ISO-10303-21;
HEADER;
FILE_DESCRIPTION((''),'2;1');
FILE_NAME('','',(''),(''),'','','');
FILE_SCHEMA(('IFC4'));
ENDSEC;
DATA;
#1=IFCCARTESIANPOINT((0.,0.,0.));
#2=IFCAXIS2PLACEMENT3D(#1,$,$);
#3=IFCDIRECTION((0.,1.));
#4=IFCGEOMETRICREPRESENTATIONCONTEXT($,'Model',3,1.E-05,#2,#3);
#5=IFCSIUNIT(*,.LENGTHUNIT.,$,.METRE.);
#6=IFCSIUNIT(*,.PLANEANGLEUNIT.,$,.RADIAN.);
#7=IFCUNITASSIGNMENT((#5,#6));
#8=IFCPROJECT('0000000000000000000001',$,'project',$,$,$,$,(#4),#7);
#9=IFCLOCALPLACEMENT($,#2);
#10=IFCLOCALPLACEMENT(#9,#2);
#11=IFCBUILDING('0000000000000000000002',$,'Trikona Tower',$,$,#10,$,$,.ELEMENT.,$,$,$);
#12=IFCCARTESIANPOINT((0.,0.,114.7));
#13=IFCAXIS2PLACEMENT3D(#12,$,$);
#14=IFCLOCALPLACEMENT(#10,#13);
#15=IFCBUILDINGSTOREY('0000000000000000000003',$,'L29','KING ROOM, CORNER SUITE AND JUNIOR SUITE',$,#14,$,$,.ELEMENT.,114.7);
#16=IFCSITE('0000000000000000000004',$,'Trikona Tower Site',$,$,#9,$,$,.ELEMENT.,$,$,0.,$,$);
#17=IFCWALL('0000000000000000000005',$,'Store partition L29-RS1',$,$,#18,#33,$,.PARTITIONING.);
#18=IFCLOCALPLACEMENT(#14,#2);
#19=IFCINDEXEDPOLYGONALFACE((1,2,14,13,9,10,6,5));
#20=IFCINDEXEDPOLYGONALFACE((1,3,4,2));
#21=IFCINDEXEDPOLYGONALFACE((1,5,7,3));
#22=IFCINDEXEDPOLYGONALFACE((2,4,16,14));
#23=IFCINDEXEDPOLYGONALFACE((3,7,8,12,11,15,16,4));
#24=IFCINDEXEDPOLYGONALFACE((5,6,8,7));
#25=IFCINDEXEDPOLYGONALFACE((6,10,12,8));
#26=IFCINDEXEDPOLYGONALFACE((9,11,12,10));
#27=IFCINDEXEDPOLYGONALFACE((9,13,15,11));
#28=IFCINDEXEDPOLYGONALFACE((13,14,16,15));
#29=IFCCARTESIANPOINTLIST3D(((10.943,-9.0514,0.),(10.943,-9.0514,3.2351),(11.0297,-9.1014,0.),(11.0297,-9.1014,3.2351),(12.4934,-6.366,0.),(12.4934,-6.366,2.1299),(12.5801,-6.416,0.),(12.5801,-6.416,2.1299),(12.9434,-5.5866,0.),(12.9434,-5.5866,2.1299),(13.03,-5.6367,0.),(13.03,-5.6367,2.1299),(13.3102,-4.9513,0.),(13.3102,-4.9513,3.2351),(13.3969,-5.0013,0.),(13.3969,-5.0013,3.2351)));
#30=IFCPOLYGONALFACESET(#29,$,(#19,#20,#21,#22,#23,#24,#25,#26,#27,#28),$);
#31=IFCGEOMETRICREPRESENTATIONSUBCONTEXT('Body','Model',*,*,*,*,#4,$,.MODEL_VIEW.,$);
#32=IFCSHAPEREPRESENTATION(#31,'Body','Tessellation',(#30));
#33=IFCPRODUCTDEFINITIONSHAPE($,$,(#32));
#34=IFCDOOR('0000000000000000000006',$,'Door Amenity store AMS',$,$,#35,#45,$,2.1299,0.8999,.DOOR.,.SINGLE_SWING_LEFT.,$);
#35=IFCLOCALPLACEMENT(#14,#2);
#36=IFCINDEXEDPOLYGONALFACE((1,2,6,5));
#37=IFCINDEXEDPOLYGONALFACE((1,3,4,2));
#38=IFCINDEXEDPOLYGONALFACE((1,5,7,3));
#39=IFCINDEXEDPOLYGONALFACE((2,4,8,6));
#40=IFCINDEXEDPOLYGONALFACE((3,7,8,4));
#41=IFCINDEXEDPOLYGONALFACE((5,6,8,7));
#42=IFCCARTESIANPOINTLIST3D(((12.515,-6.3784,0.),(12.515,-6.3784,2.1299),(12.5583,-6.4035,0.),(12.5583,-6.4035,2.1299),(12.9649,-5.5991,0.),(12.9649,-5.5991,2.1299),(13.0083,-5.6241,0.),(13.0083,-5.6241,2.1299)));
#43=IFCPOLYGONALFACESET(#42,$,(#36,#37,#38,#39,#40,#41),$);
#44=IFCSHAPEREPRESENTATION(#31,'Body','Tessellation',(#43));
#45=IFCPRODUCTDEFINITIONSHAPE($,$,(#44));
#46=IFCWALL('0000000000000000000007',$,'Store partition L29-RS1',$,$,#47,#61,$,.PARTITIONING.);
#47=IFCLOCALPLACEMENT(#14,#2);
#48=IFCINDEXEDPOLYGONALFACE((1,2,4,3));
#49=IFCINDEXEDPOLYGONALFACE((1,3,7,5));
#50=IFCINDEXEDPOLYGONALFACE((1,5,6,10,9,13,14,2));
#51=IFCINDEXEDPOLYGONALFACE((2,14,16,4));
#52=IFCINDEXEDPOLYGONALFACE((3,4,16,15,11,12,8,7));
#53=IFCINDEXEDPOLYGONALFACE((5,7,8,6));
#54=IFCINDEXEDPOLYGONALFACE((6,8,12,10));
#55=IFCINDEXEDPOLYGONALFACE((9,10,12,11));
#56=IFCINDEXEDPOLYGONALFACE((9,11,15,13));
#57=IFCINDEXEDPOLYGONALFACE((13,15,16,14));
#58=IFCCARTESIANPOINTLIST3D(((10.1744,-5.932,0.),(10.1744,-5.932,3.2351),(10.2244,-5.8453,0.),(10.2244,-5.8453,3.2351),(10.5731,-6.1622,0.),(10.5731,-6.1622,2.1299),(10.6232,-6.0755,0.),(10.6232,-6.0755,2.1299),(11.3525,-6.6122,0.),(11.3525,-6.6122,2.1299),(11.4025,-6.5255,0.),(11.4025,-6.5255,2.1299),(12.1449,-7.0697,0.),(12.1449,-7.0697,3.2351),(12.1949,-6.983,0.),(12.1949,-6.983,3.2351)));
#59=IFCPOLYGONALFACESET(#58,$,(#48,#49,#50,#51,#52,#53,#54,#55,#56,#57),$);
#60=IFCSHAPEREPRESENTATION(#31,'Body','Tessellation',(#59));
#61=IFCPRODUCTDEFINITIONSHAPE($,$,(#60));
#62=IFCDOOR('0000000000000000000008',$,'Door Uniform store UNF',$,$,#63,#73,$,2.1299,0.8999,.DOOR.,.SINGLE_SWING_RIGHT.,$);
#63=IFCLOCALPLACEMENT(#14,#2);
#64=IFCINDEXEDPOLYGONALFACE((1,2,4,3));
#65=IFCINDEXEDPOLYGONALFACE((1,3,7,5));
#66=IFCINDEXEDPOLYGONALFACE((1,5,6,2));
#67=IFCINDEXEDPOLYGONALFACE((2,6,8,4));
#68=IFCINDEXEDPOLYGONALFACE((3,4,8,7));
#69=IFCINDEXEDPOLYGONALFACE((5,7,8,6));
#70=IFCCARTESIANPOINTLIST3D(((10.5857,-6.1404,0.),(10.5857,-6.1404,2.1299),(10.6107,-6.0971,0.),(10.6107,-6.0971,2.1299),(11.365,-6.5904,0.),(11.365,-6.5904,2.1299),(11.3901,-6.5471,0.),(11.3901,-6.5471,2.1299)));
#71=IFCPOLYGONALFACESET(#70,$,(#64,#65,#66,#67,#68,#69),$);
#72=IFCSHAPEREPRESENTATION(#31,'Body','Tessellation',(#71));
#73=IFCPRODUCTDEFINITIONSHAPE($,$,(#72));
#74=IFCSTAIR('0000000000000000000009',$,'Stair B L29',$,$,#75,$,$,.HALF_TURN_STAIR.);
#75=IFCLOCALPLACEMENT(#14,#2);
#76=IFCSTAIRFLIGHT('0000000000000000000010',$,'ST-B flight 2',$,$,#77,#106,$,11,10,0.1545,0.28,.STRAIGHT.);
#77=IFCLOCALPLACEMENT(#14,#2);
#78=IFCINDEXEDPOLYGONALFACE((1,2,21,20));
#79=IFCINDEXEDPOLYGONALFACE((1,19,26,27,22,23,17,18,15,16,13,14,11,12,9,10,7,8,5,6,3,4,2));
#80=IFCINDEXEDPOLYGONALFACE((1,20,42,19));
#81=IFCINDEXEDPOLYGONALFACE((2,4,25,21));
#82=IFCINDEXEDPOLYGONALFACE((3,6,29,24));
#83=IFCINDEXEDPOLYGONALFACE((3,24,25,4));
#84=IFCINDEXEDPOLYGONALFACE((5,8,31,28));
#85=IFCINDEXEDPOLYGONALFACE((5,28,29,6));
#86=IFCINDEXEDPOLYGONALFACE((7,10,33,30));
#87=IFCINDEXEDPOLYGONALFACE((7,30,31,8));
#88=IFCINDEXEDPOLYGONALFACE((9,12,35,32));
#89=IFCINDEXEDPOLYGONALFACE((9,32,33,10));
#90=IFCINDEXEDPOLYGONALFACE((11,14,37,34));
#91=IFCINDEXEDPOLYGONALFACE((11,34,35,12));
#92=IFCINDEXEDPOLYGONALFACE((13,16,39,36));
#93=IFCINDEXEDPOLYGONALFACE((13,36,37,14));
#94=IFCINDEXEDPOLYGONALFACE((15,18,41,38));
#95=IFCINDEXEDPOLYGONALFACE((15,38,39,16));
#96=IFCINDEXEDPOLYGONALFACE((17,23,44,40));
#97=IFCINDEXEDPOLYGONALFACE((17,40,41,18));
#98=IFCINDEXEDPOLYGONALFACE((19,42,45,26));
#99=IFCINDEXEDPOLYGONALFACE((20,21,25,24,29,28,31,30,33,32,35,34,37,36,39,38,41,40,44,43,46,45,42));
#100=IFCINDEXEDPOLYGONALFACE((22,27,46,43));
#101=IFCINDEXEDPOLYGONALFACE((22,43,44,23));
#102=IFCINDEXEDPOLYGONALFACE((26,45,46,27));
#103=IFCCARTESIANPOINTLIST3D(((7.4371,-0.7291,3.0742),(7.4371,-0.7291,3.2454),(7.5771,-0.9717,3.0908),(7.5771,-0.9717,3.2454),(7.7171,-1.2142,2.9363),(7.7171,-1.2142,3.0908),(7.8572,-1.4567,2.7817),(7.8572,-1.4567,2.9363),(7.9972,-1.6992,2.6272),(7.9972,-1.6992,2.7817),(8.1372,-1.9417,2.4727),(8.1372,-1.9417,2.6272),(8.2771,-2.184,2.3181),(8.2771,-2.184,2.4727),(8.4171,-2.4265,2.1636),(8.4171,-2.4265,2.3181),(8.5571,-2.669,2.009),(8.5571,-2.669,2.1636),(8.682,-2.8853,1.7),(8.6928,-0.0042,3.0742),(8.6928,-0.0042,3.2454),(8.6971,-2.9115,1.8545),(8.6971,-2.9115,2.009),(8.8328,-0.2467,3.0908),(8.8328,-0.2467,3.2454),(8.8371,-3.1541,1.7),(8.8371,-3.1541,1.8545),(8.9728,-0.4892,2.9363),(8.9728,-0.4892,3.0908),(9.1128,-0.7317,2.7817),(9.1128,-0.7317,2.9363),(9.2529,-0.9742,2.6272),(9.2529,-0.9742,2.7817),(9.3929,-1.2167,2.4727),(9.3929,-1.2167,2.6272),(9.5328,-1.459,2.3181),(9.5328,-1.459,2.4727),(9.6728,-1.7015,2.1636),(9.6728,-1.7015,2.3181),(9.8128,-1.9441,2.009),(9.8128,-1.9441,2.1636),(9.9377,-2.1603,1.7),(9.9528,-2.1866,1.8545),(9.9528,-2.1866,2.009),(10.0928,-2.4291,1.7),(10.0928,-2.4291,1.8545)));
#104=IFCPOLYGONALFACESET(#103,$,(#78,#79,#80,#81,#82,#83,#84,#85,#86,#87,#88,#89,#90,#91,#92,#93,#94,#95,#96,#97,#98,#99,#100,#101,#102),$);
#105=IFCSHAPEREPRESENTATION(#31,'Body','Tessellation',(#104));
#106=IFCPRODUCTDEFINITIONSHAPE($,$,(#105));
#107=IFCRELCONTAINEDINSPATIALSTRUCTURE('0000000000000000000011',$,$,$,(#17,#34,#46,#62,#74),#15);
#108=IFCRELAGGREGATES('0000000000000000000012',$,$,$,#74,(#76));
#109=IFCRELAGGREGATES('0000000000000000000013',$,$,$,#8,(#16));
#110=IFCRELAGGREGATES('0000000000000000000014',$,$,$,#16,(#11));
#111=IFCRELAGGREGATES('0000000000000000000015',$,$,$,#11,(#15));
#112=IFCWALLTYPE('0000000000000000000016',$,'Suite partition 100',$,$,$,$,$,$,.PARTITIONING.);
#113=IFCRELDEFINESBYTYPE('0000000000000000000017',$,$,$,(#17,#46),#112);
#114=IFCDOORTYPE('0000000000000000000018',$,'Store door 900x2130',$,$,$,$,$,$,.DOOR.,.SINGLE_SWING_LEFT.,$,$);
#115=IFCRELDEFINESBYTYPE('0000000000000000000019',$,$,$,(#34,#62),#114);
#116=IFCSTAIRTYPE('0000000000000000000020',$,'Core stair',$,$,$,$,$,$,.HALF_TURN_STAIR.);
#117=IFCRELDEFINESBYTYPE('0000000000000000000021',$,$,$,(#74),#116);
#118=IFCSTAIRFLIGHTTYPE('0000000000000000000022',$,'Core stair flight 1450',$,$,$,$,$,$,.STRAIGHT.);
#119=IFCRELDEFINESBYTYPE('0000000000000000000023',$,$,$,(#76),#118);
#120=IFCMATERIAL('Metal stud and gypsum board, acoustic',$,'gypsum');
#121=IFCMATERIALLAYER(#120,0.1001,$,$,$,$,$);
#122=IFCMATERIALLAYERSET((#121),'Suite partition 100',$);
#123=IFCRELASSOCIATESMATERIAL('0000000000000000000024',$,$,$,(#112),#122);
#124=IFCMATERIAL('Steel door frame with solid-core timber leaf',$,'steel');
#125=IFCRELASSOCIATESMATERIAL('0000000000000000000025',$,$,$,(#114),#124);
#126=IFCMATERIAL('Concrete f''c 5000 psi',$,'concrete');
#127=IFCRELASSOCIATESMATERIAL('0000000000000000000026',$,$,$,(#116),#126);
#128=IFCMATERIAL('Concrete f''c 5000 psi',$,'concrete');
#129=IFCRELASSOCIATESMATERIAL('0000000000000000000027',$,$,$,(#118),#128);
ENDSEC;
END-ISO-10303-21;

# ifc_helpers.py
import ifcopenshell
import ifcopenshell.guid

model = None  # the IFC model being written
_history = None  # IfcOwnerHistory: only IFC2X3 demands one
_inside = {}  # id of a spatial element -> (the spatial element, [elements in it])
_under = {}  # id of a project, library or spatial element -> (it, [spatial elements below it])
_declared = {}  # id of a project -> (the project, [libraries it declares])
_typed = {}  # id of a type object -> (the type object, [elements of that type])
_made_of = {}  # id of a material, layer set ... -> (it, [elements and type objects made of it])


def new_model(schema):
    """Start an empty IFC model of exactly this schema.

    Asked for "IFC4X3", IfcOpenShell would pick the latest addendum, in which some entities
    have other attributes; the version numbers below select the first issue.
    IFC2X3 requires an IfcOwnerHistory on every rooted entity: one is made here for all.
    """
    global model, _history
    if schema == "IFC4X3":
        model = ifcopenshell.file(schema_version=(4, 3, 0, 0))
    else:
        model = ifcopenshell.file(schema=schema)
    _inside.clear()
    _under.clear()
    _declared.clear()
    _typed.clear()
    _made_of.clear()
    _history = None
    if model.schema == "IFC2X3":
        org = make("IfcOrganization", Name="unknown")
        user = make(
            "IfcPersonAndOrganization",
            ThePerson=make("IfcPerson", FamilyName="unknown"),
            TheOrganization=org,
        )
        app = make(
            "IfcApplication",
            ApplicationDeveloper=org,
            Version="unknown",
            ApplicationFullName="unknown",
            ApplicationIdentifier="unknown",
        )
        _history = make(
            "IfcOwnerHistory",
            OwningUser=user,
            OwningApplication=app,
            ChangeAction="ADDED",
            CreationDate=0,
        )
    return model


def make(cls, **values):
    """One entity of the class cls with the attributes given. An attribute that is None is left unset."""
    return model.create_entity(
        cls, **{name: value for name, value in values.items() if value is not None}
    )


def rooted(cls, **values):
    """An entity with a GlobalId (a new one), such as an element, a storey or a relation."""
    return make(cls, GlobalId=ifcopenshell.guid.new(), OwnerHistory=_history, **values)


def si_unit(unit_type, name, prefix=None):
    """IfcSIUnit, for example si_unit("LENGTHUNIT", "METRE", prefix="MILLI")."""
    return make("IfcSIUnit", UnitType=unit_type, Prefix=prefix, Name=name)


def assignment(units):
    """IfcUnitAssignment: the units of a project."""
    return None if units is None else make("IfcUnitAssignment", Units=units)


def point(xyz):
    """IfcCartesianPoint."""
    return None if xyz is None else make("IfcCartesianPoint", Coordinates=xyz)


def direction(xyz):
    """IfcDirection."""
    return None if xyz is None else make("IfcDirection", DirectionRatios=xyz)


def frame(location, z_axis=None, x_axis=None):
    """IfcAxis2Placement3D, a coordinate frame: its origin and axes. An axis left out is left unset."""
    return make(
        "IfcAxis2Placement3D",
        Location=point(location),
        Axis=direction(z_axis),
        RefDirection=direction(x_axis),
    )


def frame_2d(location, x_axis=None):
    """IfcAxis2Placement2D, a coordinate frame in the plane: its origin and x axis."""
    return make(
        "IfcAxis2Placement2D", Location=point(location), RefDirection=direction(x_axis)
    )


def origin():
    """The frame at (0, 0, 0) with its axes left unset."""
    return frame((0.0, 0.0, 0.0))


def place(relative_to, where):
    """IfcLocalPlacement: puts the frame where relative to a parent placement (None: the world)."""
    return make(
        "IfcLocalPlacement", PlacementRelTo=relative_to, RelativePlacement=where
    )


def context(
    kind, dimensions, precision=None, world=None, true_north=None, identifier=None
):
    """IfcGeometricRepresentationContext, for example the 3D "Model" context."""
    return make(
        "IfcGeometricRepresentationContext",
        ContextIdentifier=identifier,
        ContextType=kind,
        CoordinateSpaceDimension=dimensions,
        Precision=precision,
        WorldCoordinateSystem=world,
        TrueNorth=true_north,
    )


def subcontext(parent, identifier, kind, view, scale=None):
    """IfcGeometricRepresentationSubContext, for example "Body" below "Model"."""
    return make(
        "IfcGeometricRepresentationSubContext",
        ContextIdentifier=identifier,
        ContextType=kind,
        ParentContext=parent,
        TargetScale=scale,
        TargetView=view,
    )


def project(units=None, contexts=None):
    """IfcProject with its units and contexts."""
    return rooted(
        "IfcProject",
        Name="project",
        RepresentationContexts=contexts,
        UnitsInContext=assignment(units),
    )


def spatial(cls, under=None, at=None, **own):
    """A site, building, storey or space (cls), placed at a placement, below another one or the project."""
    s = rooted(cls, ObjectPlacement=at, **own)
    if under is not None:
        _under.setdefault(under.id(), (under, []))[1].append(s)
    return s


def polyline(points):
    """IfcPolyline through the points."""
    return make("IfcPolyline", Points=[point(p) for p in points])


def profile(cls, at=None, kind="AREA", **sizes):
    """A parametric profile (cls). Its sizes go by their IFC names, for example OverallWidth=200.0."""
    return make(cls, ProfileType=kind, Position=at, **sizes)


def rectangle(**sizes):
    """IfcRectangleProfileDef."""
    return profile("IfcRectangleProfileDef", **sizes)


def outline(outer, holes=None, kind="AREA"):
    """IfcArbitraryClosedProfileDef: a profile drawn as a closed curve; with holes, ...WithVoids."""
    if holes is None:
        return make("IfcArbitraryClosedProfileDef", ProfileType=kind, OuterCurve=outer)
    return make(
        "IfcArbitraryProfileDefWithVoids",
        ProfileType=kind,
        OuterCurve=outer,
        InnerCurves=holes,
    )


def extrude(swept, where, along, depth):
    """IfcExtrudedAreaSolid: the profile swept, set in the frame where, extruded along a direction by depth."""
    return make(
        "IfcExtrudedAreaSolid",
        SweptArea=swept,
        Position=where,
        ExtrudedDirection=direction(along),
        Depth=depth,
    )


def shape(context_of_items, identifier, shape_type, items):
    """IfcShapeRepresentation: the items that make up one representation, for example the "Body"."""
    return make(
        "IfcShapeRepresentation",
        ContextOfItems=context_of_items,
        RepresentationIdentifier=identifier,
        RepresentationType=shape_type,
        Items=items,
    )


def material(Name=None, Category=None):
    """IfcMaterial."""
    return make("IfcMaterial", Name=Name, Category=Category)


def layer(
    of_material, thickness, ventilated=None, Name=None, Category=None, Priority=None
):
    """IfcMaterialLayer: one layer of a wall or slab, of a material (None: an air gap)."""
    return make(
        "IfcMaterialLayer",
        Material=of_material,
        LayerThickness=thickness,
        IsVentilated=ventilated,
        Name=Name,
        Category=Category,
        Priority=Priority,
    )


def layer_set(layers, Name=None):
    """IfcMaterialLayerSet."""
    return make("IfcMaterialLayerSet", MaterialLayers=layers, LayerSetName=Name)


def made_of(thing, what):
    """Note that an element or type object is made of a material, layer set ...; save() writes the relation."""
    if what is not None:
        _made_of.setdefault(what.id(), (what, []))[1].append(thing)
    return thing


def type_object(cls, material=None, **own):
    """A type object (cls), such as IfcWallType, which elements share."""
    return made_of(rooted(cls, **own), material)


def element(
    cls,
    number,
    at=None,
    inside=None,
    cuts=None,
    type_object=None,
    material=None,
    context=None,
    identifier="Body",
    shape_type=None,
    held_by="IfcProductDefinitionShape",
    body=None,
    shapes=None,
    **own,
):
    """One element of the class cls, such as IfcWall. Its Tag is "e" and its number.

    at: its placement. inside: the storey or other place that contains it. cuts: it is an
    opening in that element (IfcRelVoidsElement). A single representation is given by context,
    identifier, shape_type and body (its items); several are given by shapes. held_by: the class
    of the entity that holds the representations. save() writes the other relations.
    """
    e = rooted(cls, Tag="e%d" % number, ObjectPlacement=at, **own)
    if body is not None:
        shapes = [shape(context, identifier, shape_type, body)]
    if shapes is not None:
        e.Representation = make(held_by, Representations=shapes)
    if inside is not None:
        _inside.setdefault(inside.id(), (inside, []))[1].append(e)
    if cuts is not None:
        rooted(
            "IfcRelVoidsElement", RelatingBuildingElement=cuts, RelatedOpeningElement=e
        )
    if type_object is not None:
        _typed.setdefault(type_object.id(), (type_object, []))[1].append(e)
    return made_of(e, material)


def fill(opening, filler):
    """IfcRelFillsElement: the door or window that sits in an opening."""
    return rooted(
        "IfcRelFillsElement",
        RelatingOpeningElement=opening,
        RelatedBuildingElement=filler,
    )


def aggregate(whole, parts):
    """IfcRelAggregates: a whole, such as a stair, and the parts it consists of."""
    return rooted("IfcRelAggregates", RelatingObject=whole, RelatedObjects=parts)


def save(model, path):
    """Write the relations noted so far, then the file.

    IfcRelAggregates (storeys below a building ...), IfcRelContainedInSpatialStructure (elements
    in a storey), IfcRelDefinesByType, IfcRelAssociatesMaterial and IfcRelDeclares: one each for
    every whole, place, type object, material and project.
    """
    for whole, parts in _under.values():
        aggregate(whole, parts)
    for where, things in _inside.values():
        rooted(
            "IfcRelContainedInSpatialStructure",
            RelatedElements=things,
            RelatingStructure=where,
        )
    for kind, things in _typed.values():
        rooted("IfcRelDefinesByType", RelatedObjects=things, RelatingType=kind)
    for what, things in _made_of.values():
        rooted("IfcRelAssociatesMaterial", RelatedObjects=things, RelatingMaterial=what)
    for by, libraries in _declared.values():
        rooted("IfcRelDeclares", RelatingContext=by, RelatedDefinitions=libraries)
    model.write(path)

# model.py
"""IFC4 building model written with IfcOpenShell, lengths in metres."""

from ifc_helpers import new_model, si_unit, direction, frame, frame_2d, origin, place, context, subcontext, project, spatial, polyline, rectangle, outline, extrude, material, layer, layer_set, type_object, element, fill, aggregate, save


model = new_model("IFC4")

# Units and contexts
model_context = context("Model", 3, precision=1e-05, world=origin(), true_north=direction((0.0, 1.0)))
body_context = subcontext(model_context, "Body", "Model", "MODEL_VIEW")
ifc_project = project(units=[si_unit("LENGTHUNIT", "METRE"), si_unit("PLANEANGLEUNIT", "RADIAN")], contexts=[model_context])

# Site, building, storey
site_placement = place(None, origin())
site = spatial("IfcSite", under=ifc_project, at=site_placement, Name="Trikona Tower Site", CompositionType="ELEMENT", RefElevation=0.0)
building_placement = place(site_placement, origin())
building = spatial("IfcBuilding", under=site, at=building_placement, Name="Trikona Tower", CompositionType="ELEMENT")
storey_placement = place(building_placement, frame((0.0, 0.0, 114.7)))
storey = spatial("IfcBuildingStorey", under=building, at=storey_placement, Name="L29", Description="KING ROOM, CORNER SUITE AND JUNIOR SUITE", CompositionType="ELEMENT", Elevation=114.7)

# Walls, openings, doors
ifc_material_1 = material(Name="Metal stud and gypsum board, acoustic", Category="gypsum")
ifc_layer_1 = layer(ifc_material_1, 0.1001)
ifc_layer_set_1 = layer_set([ifc_layer_1], Name="Suite partition 100")
wall_type_1 = type_object("IfcWallType", Name="Suite partition 100", PredefinedType="PARTITIONING", material=ifc_layer_set_1)
wall_1_placement = place(storey_placement, frame((13.3535, -4.9763, 0.0), z_axis=(0.0, 0.0, 1.0), x_axis=(-0.499999, -0.866026, 0.0)))
wall_1 = element("IfcWall", 1, at=wall_1_placement, inside=storey, type_object=wall_type_1, Name="Store partition L29-RS1", PredefinedType="PARTITIONING", context=body_context, shape_type="SweptSolid", body=[
    extrude(rectangle(XDim=4.7344, YDim=0.1001, at=frame_2d((2.3672, 0.0))), origin(), (0.0, 0.0, 1.0), 3.2351),
])
opening_1_placement = place(wall_1_placement, frame((0.7336, 0.0, 0.0)))
opening_1 = element("IfcOpeningElement", 2, at=opening_1_placement, cuts=wall_1, PredefinedType="OPENING", context=body_context, shape_type="SweptSolid", body=[
    extrude(rectangle(XDim=0.8999, YDim=2.1299, at=frame_2d((0.45, 1.0649))), frame((0.0, 0.0601, 0.0), z_axis=(0.0, -1.0, 0.0), x_axis=(1.0, 0.0, 0.0)), (0.0, 0.0, 1.0), 0.1201),
])
ifc_material_2 = material(Name="Steel door frame with solid-core timber leaf", Category="steel")
door_type_1 = type_object("IfcDoorType", Name="Store door 900x2130", OperationType="SINGLE_SWING_LEFT", PredefinedType="DOOR", material=ifc_material_2)
door_1_placement = place(opening_1_placement, origin())
door_1 = element("IfcDoor", 3, at=door_1_placement, inside=storey, type_object=door_type_1, Name="Door Amenity store AMS", OperationType="SINGLE_SWING_LEFT", OverallHeight=2.1299, OverallWidth=0.8999, PredefinedType="DOOR", context=body_context, shape_type="SweptSolid", body=[
    extrude(rectangle(XDim=0.8999, YDim=2.1299, at=frame_2d((0.45, 1.0649))), frame((0.0, 0.0249, 0.0), z_axis=(0.0, -1.0, 0.0), x_axis=(1.0, 0.0, 0.0)), (0.0, 0.0, 1.0), 0.05),
])
fill(opening_1, door_1)
wall_2_placement = place(storey_placement, frame((12.1699, -7.0264, 0.0), z_axis=(0.0, 0.0, 1.0), x_axis=(-0.866016, 0.500017, 0.0)))
wall_2 = element("IfcWall", 4, at=wall_2_placement, inside=storey, type_object=wall_type_1, Name="Store partition L29-RS1", PredefinedType="PARTITIONING", context=body_context, shape_type="SweptSolid", body=[
    extrude(rectangle(XDim=2.2754, YDim=0.1001, at=frame_2d((1.1377, 0.0))), origin(), (0.0, 0.0, 1.0), 3.2351),
])
opening_2_placement = place(wall_2_placement, frame((0.915, 0.0, 0.0)))
opening_2 = element("IfcOpeningElement", 5, at=opening_2_placement, cuts=wall_2, PredefinedType="OPENING", context=body_context, shape_type="SweptSolid", body=[
    extrude(rectangle(XDim=0.8999, YDim=2.1299, at=frame_2d((0.45, 1.0649))), frame((0.0, 0.0601, 0.0), z_axis=(0.0, -1.0, 0.0), x_axis=(1.0, 0.0, 0.0)), (0.0, 0.0, 1.0), 0.1201),
])
door_2_placement = place(opening_2_placement, origin())
door_2 = element("IfcDoor", 6, at=door_2_placement, inside=storey, type_object=door_type_1, Name="Door Uniform store UNF", OperationType="SINGLE_SWING_RIGHT", OverallHeight=2.1299, OverallWidth=0.8999, PredefinedType="DOOR", context=body_context, shape_type="SweptSolid", body=[
    extrude(rectangle(XDim=0.8999, YDim=2.1299, at=frame_2d((0.45, 1.0649))), frame((0.0, 0.0249, 0.0), z_axis=(0.0, -1.0, 0.0), x_axis=(1.0, 0.0, 0.0)), (0.0, 0.0, 1.0), 0.05),
])
fill(opening_2, door_2)

# Stair, stair flight
ifc_material_3 = material(Name="Concrete f'c 5000 psi", Category="concrete")
stair_type = type_object("IfcStairType", Name="Core stair", PredefinedType="HALF_TURN_STAIR", material=ifc_material_3)
stair_placement = place(storey_placement, origin())
stair = element("IfcStair", 7, at=stair_placement, inside=storey, type_object=stair_type, Name="Stair B L29", PredefinedType="HALF_TURN_STAIR")
ifc_material_4 = material(Name="Concrete f'c 5000 psi", Category="concrete")
stair_flight_type = type_object("IfcStairFlightType", Name="Core stair flight 1450", PredefinedType="STRAIGHT", material=ifc_material_4)
stair_flight_placement = place(storey_placement, frame((9.4651, -2.7915, 1.7), z_axis=(0.0, 0.0, 1.0), x_axis=(-0.5, 0.866025, 0.0)))
stair_flight = element("IfcStairFlight", 8, at=stair_flight_placement, type_object=stair_flight_type, Name="ST-B flight 2", NumberOfRisers=11, NumberOfTreads=10, PredefinedType="STRAIGHT", RiserHeight=0.1545, TreadLength=0.28, context=body_context, shape_type="SweptSolid", body=[
    extrude(outline(polyline([(0.0, 0.0), (0.0, 0.1545), (0.28, 0.1545), (0.28, 0.3091), (0.5601, 0.3091), (0.5601, 0.4636), (0.8401, 0.4636), (0.8401, 0.6182), (1.1201, 0.6182), (1.1201, 0.7727), (1.3999, 0.7727), (1.3999, 0.9272), (1.6799, 0.9272), (1.6799, 1.0818), (1.96, 1.0818), (1.96, 1.2363), (2.24, 1.2363), (2.24, 1.3909), (2.52, 1.3909), (2.52, 1.5454), (2.8, 1.5454), (2.8, 1.7), (2.8, 1.3743), (0.3103, 0.0), (0.0, 0.0)])), frame((0.0, 0.7251, 0.0), z_axis=(0.0, -1.0, 0.0), x_axis=(1.0, 0.0, 0.0)), (0.0, 0.0, 1.0), 1.45),
])
aggregate(stair, [stair_flight])

save(model, "model.ifc")
